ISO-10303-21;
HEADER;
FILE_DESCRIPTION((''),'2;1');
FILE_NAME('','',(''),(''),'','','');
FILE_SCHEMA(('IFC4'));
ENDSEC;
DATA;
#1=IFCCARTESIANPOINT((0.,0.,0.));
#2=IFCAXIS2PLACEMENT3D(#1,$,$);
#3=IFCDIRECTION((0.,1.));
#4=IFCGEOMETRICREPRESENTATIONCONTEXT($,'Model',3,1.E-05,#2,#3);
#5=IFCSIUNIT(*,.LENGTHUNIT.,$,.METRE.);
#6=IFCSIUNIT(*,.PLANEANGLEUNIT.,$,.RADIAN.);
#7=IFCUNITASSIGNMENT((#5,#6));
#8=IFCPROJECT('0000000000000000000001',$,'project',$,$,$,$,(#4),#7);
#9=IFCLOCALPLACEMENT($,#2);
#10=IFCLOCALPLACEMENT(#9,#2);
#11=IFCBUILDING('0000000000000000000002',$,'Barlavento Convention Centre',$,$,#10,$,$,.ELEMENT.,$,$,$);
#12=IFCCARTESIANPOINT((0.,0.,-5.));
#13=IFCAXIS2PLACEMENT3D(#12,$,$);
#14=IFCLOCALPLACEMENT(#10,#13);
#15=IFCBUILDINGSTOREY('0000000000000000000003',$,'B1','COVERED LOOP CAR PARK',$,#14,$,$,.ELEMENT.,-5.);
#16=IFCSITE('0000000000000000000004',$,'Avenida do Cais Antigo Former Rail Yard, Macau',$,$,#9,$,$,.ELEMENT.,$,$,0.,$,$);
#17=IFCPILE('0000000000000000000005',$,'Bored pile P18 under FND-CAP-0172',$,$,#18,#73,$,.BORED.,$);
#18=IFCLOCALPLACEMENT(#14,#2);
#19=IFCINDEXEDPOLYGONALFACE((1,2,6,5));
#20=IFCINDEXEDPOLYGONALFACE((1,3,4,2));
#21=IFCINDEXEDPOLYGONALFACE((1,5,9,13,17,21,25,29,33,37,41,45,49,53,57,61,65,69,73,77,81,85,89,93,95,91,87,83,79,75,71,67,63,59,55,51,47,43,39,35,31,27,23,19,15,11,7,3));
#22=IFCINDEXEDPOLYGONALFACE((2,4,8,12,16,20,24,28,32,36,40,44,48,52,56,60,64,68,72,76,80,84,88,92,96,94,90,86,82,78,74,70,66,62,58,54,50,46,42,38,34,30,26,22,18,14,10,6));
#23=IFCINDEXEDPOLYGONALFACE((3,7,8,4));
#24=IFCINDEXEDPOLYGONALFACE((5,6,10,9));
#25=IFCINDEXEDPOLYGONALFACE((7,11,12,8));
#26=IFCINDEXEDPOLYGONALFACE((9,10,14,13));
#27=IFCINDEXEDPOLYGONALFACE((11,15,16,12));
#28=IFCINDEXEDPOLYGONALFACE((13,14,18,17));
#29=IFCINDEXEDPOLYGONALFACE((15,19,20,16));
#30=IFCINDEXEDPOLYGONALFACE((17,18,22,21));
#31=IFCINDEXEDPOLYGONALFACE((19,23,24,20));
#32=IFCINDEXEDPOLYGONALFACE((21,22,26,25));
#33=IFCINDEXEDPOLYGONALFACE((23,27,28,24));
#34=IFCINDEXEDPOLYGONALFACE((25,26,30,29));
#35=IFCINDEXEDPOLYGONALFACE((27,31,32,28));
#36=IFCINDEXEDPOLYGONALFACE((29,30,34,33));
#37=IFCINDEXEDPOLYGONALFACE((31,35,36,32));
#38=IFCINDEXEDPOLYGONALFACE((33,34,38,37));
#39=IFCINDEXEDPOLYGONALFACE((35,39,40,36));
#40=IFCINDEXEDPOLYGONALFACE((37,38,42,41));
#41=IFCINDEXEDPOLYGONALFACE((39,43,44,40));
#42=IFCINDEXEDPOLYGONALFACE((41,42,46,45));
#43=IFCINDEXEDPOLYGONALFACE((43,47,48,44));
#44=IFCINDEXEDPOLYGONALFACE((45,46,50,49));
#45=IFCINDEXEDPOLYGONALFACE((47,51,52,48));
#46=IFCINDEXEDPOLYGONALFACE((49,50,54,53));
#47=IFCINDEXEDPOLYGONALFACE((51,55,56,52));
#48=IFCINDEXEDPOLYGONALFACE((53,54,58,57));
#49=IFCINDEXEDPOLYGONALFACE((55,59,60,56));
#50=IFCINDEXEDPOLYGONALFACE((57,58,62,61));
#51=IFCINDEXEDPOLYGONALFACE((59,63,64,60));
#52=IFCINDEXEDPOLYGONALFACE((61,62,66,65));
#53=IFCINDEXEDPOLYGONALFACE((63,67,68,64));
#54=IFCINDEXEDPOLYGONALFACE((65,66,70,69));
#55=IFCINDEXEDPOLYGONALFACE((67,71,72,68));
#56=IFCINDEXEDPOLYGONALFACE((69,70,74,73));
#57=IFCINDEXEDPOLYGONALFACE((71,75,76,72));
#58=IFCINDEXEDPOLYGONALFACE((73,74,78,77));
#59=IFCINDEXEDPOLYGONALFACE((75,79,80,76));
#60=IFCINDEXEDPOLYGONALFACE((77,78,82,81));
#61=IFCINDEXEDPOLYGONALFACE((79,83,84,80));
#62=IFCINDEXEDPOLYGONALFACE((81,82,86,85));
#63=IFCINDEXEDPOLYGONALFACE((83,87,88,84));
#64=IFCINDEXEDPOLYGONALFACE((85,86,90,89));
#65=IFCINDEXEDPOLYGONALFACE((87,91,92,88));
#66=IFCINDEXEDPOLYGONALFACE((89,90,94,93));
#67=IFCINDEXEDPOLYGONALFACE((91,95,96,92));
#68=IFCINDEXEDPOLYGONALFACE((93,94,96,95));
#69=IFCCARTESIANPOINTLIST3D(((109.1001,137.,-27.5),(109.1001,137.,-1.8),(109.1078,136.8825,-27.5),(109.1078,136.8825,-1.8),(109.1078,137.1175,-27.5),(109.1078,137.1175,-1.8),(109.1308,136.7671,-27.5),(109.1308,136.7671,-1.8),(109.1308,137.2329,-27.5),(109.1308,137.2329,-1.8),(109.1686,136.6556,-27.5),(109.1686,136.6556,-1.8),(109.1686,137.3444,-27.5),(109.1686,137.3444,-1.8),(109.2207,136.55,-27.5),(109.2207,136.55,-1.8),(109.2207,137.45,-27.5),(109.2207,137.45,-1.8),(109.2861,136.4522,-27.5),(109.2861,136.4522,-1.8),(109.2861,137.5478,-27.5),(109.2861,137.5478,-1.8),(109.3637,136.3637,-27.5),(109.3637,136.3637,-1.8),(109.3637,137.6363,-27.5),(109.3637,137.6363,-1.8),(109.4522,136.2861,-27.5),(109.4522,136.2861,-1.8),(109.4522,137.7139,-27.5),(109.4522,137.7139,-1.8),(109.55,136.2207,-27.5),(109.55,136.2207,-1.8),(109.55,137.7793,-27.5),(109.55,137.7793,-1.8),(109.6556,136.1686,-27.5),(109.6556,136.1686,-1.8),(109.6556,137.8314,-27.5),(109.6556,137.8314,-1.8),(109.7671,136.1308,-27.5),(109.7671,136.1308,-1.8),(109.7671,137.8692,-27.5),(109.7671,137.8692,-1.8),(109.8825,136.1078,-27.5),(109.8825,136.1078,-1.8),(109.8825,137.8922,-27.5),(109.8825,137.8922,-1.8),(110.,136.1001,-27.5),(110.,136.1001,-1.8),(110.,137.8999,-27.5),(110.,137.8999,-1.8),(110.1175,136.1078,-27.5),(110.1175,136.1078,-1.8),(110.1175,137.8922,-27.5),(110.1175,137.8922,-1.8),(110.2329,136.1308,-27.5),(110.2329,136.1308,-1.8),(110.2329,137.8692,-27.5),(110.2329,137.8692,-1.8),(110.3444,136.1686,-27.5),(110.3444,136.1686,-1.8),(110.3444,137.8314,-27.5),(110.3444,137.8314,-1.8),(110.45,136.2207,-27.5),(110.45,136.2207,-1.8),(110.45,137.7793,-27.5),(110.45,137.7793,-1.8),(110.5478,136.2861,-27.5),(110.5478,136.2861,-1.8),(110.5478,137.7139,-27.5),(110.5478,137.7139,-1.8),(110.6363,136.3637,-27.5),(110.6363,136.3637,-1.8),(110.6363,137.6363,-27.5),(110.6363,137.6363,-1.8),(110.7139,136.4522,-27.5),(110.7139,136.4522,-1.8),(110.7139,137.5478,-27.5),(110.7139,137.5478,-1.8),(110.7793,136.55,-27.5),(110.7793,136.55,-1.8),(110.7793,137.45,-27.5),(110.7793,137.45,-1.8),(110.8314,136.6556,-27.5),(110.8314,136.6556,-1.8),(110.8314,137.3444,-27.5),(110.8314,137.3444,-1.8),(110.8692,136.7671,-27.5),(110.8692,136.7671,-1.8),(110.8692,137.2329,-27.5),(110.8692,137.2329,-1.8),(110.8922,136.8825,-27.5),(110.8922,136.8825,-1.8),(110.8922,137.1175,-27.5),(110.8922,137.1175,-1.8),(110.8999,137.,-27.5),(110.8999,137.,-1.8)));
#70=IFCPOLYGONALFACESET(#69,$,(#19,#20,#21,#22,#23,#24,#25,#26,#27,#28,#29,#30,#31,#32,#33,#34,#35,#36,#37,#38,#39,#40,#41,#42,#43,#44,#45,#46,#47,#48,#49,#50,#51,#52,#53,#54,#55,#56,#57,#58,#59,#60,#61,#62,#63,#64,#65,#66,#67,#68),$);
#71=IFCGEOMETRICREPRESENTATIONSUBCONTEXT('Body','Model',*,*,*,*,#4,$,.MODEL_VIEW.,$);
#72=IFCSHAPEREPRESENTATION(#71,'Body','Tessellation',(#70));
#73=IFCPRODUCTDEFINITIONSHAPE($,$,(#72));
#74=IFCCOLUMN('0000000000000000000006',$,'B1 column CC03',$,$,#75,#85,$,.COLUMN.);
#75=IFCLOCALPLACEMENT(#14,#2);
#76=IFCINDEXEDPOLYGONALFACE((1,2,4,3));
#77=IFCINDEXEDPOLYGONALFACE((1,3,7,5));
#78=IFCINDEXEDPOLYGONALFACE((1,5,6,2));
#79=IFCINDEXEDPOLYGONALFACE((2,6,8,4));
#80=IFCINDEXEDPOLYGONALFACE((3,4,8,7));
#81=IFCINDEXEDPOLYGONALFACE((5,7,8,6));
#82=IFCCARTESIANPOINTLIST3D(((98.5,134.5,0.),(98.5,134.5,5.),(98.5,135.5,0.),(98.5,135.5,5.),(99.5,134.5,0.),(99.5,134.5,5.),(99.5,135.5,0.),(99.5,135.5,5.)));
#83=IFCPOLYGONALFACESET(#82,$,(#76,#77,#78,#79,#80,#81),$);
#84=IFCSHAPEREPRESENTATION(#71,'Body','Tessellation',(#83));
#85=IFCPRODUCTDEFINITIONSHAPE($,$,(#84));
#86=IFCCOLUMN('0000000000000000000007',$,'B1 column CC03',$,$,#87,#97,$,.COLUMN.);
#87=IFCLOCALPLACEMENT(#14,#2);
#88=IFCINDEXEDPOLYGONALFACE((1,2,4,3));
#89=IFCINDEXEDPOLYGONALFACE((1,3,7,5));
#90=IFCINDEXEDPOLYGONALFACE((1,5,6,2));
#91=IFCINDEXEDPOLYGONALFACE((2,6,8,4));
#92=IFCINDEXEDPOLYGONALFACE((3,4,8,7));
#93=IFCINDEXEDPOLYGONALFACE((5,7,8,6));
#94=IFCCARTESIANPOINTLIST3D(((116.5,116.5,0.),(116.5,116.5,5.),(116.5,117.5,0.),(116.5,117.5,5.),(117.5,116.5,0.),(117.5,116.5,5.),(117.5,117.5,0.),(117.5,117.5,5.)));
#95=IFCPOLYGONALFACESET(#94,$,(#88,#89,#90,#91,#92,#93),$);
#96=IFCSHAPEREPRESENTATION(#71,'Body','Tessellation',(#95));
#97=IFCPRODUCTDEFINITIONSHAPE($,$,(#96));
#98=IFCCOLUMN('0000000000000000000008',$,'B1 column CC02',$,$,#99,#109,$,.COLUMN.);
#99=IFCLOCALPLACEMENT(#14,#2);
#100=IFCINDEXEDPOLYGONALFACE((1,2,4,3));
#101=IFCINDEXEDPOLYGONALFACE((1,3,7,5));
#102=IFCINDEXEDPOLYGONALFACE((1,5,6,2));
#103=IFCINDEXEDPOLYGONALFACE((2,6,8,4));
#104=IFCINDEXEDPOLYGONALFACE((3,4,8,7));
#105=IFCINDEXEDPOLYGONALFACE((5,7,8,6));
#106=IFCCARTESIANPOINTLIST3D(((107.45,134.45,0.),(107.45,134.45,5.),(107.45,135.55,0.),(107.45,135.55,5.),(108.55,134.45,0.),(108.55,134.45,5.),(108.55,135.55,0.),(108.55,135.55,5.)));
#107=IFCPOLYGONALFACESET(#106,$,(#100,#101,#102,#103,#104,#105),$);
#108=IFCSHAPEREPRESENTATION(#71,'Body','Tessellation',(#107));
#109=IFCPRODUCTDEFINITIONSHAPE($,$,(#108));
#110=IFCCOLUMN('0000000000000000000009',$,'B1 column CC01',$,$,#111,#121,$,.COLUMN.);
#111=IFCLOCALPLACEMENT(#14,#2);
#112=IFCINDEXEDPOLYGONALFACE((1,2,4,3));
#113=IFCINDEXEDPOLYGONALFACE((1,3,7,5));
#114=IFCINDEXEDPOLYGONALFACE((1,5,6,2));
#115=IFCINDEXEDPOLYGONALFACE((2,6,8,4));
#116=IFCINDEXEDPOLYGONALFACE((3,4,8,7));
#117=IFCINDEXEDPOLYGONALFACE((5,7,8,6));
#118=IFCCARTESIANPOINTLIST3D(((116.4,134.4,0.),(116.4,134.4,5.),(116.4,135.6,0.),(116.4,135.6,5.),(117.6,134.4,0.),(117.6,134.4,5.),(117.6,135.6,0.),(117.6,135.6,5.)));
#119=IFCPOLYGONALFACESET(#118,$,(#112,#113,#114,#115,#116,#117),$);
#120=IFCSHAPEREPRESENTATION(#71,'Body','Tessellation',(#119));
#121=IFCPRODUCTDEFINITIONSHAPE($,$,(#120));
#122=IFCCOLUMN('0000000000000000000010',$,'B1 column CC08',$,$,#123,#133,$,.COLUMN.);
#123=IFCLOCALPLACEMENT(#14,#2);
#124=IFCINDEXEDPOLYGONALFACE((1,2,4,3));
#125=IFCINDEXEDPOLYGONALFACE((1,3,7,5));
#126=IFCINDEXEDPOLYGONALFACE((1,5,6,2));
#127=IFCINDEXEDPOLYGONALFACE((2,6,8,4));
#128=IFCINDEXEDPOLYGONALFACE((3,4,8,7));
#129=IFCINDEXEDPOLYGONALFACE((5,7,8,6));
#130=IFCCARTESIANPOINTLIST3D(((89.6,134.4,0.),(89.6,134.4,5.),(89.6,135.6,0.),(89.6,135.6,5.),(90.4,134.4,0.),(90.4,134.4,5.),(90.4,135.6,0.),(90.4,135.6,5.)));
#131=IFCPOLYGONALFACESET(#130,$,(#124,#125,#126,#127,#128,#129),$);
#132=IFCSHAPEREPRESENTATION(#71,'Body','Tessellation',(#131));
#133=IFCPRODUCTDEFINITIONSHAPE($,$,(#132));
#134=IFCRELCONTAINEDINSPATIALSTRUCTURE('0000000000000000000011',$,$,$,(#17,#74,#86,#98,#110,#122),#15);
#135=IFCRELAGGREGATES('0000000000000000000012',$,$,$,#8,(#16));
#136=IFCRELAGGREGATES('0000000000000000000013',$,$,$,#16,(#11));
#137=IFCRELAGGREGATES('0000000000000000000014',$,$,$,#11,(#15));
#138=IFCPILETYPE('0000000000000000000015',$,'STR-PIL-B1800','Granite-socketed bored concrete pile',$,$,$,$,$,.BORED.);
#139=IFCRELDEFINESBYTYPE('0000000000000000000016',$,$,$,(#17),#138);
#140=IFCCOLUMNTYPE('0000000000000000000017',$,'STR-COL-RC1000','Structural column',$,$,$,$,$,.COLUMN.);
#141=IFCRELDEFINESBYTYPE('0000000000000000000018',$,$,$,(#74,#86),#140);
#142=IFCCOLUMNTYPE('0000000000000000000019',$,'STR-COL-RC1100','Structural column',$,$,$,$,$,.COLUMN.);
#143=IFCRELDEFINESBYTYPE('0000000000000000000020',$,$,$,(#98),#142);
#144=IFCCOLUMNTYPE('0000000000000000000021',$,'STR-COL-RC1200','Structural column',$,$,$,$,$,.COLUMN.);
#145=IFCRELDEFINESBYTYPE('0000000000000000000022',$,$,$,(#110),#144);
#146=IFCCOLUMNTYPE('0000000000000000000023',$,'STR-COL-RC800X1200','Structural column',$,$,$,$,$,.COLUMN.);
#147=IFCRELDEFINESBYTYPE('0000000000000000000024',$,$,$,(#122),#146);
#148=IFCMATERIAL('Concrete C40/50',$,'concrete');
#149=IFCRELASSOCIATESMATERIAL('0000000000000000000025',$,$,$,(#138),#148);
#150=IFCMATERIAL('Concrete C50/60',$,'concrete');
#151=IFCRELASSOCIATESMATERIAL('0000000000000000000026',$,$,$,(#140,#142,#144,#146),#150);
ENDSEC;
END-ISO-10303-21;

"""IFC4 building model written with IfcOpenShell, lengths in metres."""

from ifc_helpers import new_model, si_unit, direction, frame, origin, origin_2d, place, context, subcontext, project, spatial, rectangle, circle, extrude, material, material_profile, profile_set, type_object, element, save


model = new_model("IFC4")

# Units and contexts
model_context = context("Model", 3, precision=1e-05, world=origin(), true_north=direction((0.0, 1.0)))
body_context = subcontext(model_context, "Body", "Model", "MODEL_VIEW")
ifc_project = project(units=[si_unit("LENGTHUNIT", "METRE"), si_unit("PLANEANGLEUNIT", "RADIAN")], contexts=[model_context])

# Site, building, storey
site_placement = place(None, origin())
site = spatial("IfcSite", under=ifc_project, at=site_placement, Name="Avenida do Cais Antigo Former Rail Yard, Macau", CompositionType="ELEMENT", RefElevation=0.0)
building_placement = place(site_placement, origin())
building = spatial("IfcBuilding", under=site, at=building_placement, Name="Barlavento Convention Centre", CompositionType="ELEMENT")
storey_placement = place(building_placement, frame((0.0, 0.0, -5.0)))
storey = spatial("IfcBuildingStorey", under=building, at=storey_placement, Name="B1", Description="COVERED LOOP CAR PARK", CompositionType="ELEMENT", Elevation=-5.0)

# Shared definitions
ifc_material_1 = material(Name="Concrete C40/50", Category="concrete")

# Pile
ifc_material_profile_1 = material_profile(ifc_material_1, circle(Radius=0.8999, at=origin_2d()), Name="BORED PILE 1800")
ifc_profile_set_1 = profile_set([ifc_material_profile_1], Name="Concrete C40/50")
pile_type_1 = type_object("IfcPileType", Name="STR-PIL-B1800", Description="Granite-socketed bored concrete pile", PredefinedType="BORED", material=ifc_profile_set_1)
for number, where, z_axis, x_axis, name in (
    (1, (110.0, 137.0, -1.8), (0.0, 0.0, -1.0), (1.0, 0.0, 0.0), "Bored pile P18 under FND-CAP-0172"),
):
    element("IfcPile", number, at=place(storey_placement, frame(where, z_axis=z_axis, x_axis=x_axis)), inside=storey, type_object=pile_type_1, Name=name, PredefinedType="BORED", context=body_context, shape_type="SweptSolid", body=[
        extrude(circle(Radius=0.8999, at=origin_2d()), origin(), (0.0, 0.0, 1.0), 25.7),
    ])

# Columns
ifc_material_2 = material(Name="Concrete C50/60", Category="concrete")
ifc_material_profile_2 = material_profile(ifc_material_2, rectangle(XDim=1.0, YDim=1.0, at=origin_2d()), Name="RC 1000x1000")
ifc_profile_set_2 = profile_set([ifc_material_profile_2], Name="Concrete C50/60")
column_type_1 = type_object("IfcColumnType", Name="STR-COL-RC1000", Description="Structural column", PredefinedType="COLUMN", material=ifc_profile_set_2)
for number, where, z_axis, x_axis, name in (
    (2, (99.0, 135.0, 0.0), (0.0, 0.0, 1.0), (1.0, 0.0, 0.0), "B1 column CC03"),
    (3, (117.0, 117.0, 0.0), (0.0, 0.0, 1.0), (1.0, 0.0, 0.0), "B1 column CC03"),
):
    element("IfcColumn", number, at=place(storey_placement, frame(where, z_axis=z_axis, x_axis=x_axis)), inside=storey, type_object=column_type_1, Name=name, PredefinedType="COLUMN", context=body_context, shape_type="SweptSolid", body=[
        extrude(rectangle(XDim=1.0, YDim=1.0, at=origin_2d()), origin(), (0.0, 0.0, 1.0), 5.0),
    ])
ifc_material_profile_3 = material_profile(ifc_material_2, rectangle(XDim=1.1001, YDim=1.1001, at=origin_2d()), Name="RC 1100x1100")
ifc_profile_set_3 = profile_set([ifc_material_profile_3], Name="Concrete C50/60")
column_type_2 = type_object("IfcColumnType", Name="STR-COL-RC1100", Description="Structural column", PredefinedType="COLUMN", material=ifc_profile_set_3)
column_1_placement = place(storey_placement, frame((108.0, 135.0, 0.0), z_axis=(0.0, 0.0, 1.0), x_axis=(1.0, 0.0, 0.0)))
element("IfcColumn", 4, at=column_1_placement, inside=storey, type_object=column_type_2, Name="B1 column CC02", PredefinedType="COLUMN", context=body_context, shape_type="SweptSolid", body=[
    extrude(rectangle(XDim=1.1001, YDim=1.1001, at=origin_2d()), origin(), (0.0, 0.0, 1.0), 5.0),
])
ifc_material_profile_4 = material_profile(ifc_material_2, rectangle(XDim=1.2, YDim=1.2, at=origin_2d()), Name="RC 1200x1200")
ifc_profile_set_4 = profile_set([ifc_material_profile_4], Name="Concrete C50/60")
column_type_3 = type_object("IfcColumnType", Name="STR-COL-RC1200", Description="Structural column", PredefinedType="COLUMN", material=ifc_profile_set_4)
column_2_placement = place(storey_placement, frame((117.0, 135.0, 0.0), z_axis=(0.0, 0.0, 1.0), x_axis=(1.0, 0.0, 0.0)))
element("IfcColumn", 5, at=column_2_placement, inside=storey, type_object=column_type_3, Name="B1 column CC01", PredefinedType="COLUMN", context=body_context, shape_type="SweptSolid", body=[
    extrude(rectangle(XDim=1.2, YDim=1.2, at=origin_2d()), origin(), (0.0, 0.0, 1.0), 5.0),
])
ifc_material_profile_5 = material_profile(ifc_material_2, rectangle(XDim=0.8, YDim=1.2, at=origin_2d()), Name="RC 800x1200")
ifc_profile_set_5 = profile_set([ifc_material_profile_5], Name="Concrete C50/60")
column_type_4 = type_object("IfcColumnType", Name="STR-COL-RC800X1200", Description="Structural column", PredefinedType="COLUMN", material=ifc_profile_set_5)
column_3_placement = place(storey_placement, frame((90.0, 135.0, 0.0), z_axis=(0.0, 0.0, 1.0), x_axis=(1.0, 0.0, 0.0)))
element("IfcColumn", 6, at=column_3_placement, inside=storey, type_object=column_type_4, Name="B1 column CC08", PredefinedType="COLUMN", context=body_context, shape_type="SweptSolid", body=[
    extrude(rectangle(XDim=0.8, YDim=1.2, at=origin_2d()), origin(), (0.0, 0.0, 1.0), 5.0),
])

save(model, "model.ifc")
